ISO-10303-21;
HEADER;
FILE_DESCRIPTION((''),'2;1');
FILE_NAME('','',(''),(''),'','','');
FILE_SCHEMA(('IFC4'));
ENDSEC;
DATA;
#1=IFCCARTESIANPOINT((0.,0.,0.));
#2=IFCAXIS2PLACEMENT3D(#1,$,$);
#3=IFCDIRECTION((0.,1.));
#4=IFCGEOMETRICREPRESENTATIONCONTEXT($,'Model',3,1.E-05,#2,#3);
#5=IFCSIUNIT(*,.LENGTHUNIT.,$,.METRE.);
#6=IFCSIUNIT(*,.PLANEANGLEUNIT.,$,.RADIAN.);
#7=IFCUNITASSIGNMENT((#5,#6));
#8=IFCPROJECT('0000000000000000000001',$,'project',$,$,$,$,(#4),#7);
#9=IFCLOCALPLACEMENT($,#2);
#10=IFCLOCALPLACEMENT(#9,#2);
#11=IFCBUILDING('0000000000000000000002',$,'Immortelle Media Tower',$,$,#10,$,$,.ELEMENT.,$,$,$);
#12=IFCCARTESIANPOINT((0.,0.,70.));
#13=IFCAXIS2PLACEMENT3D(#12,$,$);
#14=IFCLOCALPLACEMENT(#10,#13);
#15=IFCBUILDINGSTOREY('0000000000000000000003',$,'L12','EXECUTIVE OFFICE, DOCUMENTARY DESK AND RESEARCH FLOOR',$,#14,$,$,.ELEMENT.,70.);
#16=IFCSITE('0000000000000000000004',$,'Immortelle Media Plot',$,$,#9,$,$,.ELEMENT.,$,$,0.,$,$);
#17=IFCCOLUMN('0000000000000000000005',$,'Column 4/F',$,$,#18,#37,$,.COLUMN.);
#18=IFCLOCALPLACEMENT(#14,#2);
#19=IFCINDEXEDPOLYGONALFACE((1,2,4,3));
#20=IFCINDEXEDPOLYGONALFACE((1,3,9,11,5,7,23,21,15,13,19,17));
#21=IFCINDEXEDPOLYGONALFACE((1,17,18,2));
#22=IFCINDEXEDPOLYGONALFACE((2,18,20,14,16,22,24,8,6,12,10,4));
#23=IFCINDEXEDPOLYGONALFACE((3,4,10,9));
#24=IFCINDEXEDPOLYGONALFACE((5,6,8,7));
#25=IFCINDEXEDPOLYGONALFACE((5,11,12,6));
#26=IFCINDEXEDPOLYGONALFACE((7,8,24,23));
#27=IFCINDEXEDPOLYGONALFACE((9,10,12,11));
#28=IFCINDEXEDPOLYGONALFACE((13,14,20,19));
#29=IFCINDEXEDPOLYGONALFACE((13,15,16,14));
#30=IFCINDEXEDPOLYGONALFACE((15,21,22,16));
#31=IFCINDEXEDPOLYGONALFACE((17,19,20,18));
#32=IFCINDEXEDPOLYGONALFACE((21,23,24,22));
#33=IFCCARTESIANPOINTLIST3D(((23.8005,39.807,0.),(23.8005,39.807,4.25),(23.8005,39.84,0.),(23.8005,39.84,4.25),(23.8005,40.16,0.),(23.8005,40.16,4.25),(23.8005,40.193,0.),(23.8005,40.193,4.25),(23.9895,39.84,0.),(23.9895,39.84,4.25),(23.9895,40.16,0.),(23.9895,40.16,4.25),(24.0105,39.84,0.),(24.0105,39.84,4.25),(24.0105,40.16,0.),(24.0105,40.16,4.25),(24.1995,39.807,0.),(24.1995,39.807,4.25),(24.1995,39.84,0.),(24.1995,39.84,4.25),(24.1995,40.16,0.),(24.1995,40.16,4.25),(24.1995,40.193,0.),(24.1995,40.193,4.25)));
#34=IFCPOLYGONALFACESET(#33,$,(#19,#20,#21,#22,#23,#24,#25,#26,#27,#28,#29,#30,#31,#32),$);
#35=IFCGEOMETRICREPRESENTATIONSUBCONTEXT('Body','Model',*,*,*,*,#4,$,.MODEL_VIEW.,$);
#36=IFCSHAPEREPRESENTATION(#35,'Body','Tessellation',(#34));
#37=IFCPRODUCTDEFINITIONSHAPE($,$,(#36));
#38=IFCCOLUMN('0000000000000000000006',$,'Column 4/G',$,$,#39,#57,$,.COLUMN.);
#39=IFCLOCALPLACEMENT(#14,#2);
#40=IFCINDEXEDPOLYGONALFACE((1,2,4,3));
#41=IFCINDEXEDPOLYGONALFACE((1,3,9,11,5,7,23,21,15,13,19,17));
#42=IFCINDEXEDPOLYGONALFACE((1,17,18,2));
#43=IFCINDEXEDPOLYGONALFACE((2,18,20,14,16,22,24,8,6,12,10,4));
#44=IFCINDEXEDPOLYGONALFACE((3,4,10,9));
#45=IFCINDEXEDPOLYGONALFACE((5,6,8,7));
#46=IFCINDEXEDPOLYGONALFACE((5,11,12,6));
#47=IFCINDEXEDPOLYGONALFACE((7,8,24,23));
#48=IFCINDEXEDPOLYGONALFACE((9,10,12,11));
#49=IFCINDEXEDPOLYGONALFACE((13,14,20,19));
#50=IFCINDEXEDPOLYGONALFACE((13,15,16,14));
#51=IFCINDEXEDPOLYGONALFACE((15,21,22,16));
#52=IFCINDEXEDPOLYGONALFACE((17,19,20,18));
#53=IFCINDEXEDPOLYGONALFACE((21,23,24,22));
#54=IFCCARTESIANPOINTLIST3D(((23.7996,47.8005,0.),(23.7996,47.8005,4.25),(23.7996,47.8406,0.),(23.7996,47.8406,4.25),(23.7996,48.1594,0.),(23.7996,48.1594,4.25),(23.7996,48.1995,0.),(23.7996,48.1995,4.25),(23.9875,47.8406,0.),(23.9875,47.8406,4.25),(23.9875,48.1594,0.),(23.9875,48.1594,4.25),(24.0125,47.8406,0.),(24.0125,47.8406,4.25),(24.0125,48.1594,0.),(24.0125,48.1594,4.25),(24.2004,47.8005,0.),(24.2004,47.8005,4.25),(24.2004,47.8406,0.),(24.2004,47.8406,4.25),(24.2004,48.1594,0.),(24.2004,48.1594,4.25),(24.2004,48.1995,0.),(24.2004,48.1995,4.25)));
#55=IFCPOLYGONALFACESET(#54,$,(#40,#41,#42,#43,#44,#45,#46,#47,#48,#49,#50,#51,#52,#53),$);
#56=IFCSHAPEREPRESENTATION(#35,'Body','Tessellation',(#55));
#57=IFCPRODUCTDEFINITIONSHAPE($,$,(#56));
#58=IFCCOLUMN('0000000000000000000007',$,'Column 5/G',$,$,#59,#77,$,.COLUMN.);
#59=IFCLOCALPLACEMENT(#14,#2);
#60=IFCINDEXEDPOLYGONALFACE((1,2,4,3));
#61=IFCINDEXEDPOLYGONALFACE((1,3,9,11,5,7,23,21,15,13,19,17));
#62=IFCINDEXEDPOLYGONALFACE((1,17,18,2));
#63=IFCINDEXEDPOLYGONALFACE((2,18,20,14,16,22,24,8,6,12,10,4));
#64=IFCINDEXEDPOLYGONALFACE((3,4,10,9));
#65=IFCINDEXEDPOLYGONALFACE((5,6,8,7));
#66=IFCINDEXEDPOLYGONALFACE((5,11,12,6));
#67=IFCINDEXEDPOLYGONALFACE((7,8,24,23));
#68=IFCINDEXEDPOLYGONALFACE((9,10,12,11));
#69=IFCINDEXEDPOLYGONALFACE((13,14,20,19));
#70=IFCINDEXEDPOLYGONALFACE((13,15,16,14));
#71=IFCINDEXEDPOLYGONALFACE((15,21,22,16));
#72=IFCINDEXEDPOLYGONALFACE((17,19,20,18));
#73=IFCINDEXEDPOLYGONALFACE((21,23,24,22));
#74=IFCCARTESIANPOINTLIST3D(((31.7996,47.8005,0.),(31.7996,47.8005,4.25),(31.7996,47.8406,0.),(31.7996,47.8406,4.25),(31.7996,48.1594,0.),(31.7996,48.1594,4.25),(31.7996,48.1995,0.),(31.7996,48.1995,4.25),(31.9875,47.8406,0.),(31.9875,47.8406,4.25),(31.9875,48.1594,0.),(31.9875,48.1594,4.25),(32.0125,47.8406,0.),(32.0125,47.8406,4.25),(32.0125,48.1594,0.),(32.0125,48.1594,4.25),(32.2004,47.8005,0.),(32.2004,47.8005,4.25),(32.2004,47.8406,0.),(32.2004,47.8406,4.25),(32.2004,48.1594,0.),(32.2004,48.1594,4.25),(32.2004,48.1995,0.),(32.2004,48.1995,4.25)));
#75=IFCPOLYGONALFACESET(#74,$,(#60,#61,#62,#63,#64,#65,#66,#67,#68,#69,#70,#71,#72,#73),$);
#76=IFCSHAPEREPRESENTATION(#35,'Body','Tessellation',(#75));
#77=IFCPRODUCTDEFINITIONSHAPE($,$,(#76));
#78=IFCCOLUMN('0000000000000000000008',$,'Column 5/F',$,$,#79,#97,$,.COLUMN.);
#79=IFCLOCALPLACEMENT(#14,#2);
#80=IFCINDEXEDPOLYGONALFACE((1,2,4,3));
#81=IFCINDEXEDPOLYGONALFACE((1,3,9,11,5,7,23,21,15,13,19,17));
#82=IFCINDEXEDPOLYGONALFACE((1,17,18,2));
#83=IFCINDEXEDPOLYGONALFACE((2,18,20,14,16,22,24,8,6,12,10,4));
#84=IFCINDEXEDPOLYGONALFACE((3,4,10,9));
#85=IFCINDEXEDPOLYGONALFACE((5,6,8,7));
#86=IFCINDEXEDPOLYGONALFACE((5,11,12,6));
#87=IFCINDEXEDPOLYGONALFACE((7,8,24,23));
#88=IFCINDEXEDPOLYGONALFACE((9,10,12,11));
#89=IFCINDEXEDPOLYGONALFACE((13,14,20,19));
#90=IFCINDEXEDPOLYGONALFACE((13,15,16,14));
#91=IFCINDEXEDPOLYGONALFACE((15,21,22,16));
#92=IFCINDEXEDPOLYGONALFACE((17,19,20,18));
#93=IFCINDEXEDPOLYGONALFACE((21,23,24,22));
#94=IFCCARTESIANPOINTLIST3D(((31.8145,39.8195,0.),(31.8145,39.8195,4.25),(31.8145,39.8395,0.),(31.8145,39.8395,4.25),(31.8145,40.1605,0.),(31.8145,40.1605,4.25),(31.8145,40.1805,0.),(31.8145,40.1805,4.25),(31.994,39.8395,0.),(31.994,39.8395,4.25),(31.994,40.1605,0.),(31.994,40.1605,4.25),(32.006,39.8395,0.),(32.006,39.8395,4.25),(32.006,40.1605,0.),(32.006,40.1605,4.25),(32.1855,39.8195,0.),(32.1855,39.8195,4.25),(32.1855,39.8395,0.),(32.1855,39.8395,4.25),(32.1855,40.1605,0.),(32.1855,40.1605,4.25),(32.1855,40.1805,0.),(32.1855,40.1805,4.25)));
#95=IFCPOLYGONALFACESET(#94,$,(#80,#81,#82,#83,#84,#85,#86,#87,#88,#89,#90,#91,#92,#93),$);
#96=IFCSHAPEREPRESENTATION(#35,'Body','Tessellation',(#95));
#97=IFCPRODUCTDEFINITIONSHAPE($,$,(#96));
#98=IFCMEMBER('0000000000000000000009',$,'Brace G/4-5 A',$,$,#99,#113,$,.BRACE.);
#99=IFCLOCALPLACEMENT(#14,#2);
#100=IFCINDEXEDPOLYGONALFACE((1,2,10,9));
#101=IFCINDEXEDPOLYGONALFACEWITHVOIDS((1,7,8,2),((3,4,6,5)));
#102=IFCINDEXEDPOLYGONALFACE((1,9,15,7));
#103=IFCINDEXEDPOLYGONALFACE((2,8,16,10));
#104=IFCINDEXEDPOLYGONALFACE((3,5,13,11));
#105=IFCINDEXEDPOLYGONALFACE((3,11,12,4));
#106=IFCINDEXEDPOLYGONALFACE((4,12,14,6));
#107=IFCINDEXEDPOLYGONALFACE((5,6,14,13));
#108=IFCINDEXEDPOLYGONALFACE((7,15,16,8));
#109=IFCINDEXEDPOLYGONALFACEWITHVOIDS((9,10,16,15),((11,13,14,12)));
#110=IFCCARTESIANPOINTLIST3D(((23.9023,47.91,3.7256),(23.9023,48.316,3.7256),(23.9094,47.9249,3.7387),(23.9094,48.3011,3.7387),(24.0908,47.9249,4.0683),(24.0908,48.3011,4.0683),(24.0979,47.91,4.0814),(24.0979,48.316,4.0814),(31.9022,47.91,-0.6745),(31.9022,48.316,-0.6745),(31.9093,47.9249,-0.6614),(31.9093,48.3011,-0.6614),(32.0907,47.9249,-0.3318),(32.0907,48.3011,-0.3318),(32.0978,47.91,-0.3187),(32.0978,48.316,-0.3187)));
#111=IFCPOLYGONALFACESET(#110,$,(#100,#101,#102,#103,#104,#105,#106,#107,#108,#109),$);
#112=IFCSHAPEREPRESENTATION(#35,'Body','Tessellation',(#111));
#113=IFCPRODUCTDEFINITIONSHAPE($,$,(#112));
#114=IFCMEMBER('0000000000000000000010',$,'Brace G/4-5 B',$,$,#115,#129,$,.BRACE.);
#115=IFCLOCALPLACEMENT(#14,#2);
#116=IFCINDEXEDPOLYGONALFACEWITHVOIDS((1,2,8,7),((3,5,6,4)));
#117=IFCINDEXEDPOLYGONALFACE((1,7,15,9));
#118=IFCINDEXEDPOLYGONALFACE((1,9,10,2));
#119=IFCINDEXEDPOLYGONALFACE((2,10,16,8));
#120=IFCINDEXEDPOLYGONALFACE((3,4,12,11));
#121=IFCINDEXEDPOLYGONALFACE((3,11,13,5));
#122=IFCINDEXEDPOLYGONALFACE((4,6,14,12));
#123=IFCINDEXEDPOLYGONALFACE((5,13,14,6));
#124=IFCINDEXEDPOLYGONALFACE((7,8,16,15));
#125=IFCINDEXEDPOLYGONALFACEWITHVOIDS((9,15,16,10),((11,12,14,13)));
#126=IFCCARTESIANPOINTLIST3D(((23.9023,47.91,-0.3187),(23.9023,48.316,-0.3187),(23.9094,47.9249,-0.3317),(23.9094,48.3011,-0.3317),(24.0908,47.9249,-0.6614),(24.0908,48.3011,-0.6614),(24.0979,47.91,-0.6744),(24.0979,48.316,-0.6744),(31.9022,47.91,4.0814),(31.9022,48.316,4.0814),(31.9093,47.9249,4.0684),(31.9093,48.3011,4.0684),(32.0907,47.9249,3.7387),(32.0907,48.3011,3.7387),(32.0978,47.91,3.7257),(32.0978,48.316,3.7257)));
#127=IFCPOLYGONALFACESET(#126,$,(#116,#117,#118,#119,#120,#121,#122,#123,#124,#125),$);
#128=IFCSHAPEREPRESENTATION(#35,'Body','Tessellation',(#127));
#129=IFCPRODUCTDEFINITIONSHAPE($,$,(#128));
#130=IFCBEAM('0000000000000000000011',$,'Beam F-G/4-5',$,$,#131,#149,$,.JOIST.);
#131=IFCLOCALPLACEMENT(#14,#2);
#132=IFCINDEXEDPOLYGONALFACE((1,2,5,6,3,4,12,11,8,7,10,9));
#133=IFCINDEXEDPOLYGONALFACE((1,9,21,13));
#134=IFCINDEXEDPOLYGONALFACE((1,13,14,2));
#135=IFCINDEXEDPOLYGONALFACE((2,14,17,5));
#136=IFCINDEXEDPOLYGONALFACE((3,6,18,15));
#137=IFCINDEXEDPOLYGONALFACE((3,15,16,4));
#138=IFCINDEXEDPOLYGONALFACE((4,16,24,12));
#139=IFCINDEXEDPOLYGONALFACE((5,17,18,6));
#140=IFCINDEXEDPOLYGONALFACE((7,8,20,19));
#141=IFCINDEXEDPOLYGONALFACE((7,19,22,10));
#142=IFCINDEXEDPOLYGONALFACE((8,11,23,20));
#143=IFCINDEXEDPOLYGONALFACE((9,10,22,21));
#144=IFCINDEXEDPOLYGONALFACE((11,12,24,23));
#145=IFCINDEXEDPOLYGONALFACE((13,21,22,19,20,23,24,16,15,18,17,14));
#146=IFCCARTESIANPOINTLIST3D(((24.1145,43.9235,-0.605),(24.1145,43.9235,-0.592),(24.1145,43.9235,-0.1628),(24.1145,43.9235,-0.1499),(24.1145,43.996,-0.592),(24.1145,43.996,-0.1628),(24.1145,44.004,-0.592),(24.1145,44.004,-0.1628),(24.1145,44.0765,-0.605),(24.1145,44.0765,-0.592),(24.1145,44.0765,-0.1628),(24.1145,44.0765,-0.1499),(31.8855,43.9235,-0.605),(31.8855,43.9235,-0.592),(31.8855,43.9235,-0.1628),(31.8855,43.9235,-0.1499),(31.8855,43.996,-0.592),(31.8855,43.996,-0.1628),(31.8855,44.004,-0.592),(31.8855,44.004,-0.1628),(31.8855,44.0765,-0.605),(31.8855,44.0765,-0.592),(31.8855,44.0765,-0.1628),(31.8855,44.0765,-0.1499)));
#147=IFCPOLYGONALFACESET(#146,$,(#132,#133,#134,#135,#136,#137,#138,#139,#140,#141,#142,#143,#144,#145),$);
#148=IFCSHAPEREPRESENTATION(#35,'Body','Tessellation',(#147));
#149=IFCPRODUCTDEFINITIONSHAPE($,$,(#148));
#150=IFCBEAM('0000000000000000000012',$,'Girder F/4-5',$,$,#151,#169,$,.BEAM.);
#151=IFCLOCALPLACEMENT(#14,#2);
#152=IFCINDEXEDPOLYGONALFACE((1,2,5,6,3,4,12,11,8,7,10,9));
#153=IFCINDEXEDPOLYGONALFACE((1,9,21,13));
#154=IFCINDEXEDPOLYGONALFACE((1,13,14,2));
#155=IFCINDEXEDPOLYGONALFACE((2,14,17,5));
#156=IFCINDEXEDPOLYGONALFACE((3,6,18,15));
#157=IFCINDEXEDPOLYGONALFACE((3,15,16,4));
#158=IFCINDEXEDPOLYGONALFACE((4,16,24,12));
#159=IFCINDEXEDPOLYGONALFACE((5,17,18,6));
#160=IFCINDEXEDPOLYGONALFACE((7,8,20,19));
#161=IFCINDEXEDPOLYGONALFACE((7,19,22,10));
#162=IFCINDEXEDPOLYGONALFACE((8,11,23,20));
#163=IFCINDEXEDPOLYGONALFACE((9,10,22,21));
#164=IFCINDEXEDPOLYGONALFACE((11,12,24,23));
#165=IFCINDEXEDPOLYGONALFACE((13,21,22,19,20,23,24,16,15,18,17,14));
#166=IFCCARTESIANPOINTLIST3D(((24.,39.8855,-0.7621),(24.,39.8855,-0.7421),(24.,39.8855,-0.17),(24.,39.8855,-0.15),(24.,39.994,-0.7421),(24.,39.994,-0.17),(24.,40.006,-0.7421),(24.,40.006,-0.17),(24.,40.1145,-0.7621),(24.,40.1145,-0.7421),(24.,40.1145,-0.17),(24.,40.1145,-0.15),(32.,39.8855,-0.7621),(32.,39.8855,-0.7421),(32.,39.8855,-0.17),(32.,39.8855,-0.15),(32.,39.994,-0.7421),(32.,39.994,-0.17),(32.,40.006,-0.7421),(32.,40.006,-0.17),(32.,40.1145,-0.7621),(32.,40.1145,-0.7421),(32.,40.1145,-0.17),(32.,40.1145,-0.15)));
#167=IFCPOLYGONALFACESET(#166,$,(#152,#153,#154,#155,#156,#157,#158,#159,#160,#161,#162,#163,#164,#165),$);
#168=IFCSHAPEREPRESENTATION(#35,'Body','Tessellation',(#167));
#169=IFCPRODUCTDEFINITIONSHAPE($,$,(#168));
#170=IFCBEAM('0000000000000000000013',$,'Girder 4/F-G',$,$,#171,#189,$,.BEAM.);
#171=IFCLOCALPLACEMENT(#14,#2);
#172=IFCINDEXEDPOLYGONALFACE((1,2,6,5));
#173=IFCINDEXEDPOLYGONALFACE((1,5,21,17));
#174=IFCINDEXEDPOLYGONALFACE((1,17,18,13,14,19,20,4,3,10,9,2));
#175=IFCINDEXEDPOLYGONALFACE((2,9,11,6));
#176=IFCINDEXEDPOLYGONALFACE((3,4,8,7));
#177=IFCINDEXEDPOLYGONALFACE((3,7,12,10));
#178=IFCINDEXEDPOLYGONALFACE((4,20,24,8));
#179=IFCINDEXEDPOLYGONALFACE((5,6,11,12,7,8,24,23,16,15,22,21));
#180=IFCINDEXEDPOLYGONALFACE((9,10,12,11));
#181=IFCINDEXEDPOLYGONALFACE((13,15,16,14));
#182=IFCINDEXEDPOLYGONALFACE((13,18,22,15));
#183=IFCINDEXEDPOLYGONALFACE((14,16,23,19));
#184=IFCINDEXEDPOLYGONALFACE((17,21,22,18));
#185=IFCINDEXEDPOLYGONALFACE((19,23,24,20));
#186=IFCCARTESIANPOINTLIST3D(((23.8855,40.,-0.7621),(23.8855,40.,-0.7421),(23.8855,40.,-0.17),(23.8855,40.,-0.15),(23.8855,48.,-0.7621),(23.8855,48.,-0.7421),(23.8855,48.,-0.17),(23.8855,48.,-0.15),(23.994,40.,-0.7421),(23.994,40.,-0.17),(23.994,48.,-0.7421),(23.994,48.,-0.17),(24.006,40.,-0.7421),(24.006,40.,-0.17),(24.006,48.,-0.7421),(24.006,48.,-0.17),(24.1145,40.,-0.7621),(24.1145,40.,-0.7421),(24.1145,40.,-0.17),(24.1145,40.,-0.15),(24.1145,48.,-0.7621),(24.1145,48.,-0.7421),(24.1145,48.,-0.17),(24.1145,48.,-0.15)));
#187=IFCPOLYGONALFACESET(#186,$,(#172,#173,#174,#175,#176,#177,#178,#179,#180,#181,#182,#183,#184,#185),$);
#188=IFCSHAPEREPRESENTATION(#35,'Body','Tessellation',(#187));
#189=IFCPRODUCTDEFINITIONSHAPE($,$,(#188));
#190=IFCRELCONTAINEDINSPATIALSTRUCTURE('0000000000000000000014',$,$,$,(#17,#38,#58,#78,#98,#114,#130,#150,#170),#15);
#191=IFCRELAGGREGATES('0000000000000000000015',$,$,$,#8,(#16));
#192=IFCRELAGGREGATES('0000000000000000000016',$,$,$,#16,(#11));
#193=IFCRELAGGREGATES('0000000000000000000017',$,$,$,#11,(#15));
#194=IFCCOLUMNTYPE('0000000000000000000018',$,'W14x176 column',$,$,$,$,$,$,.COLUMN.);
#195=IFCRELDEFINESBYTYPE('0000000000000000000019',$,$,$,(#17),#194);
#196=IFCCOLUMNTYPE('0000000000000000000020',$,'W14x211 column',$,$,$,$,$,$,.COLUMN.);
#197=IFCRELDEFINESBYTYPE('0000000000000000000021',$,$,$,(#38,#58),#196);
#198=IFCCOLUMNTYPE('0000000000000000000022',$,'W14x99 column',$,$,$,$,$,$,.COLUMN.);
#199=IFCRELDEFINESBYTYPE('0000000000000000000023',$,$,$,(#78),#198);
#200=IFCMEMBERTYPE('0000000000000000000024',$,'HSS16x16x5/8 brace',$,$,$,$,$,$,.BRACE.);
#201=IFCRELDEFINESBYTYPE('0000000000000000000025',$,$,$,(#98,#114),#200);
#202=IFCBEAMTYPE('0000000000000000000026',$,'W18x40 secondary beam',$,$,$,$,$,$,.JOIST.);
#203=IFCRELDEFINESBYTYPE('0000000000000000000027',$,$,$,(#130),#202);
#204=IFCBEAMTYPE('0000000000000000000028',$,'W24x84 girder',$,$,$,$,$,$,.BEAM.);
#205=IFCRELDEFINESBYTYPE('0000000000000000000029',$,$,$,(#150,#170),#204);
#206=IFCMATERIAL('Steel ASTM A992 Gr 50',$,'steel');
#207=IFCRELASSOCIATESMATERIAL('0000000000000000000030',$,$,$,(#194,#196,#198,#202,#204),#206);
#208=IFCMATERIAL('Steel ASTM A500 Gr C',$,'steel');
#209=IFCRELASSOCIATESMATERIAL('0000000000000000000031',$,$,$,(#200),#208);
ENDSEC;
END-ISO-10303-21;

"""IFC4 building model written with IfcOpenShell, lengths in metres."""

from ifc_helpers import new_model, si_unit, direction, frame, origin, origin_2d, place, context, subcontext, project, spatial, hollow_rectangle, i_section, extrude, material, material_profile, profile_set, type_object, element, save


model = new_model("IFC4")

# Units and contexts
model_context = context("Model", 3, precision=1e-05, world=origin(), true_north=direction((0.0, 1.0)))
body_context = subcontext(model_context, "Body", "Model", "MODEL_VIEW")
ifc_project = project(units=[si_unit("LENGTHUNIT", "METRE"), si_unit("PLANEANGLEUNIT", "RADIAN")], contexts=[model_context])

# Site, building, storey
site_placement = place(None, origin())
site = spatial("IfcSite", under=ifc_project, at=site_placement, Name="Immortelle Media Plot", CompositionType="ELEMENT", RefElevation=0.0)
building_placement = place(site_placement, origin())
building = spatial("IfcBuilding", under=site, at=building_placement, Name="Immortelle Media Tower", CompositionType="ELEMENT")
storey_placement = place(building_placement, frame((0.0, 0.0, 70.0)))
storey = spatial("IfcBuildingStorey", under=building, at=storey_placement, Name="L12", Description="EXECUTIVE OFFICE, DOCUMENTARY DESK AND RESEARCH FLOOR", CompositionType="ELEMENT", Elevation=70.0)

# Columns
ifc_material_1 = material(Name="Steel ASTM A992 Gr 50", Category="steel")
ifc_material_profile_1 = material_profile(ifc_material_1, i_section(OverallWidth=0.3989, OverallDepth=0.386, WebThickness=0.021, FlangeThickness=0.033, at=origin_2d()), Name="W14x176")
ifc_profile_set_1 = profile_set([ifc_material_profile_1], Name="Steel ASTM A992 Gr 50")
column_type_1 = type_object("IfcColumnType", Name="W14x176 column", PredefinedType="COLUMN", material=ifc_profile_set_1)
column_1_placement = place(storey_placement, frame((24.0, 40.0, 0.0), z_axis=(0.0, 0.0, 1.0), x_axis=(1.0, 0.0, 0.0)))
element("IfcColumn", 1, at=column_1_placement, inside=storey, type_object=column_type_1, Name="Column 4/F", PredefinedType="COLUMN", context=body_context, shape_type="SweptSolid", body=[
    extrude(i_section(OverallWidth=0.3989, OverallDepth=0.386, WebThickness=0.021, FlangeThickness=0.033, at=origin_2d()), origin(), (0.0, 0.0, 1.0), 4.25),
])
ifc_material_profile_2 = material_profile(ifc_material_1, i_section(OverallWidth=0.4009, OverallDepth=0.3989, WebThickness=0.0249, FlangeThickness=0.04, at=origin_2d()), Name="W14x211")
ifc_profile_set_2 = profile_set([ifc_material_profile_2], Name="Steel ASTM A992 Gr 50")
column_type_2 = type_object("IfcColumnType", Name="W14x211 column", PredefinedType="COLUMN", material=ifc_profile_set_2)
for number, where, z_axis, x_axis, name in (
    (2, (24.0, 48.0, 0.0), (0.0, 0.0, 1.0), (1.0, 0.0, 0.0), "Column 4/G"),
    (3, (32.0, 48.0, 0.0), (0.0, 0.0, 1.0), (1.0, 0.0, 0.0), "Column 5/G"),
):
    element("IfcColumn", number, at=place(storey_placement, frame(where, z_axis=z_axis, x_axis=x_axis)), inside=storey, type_object=column_type_2, Name=name, PredefinedType="COLUMN", context=body_context, shape_type="SweptSolid", body=[
        extrude(i_section(OverallWidth=0.4009, OverallDepth=0.3989, WebThickness=0.0249, FlangeThickness=0.04, at=origin_2d()), origin(), (0.0, 0.0, 1.0), 4.25),
    ])
ifc_material_profile_3 = material_profile(ifc_material_1, i_section(OverallWidth=0.3711, OverallDepth=0.3611, WebThickness=0.012, FlangeThickness=0.02, at=origin_2d()), Name="W14x99")
ifc_profile_set_3 = profile_set([ifc_material_profile_3], Name="Steel ASTM A992 Gr 50")
column_type_3 = type_object("IfcColumnType", Name="W14x99 column", PredefinedType="COLUMN", material=ifc_profile_set_3)
column_2_placement = place(storey_placement, frame((32.0, 40.0, 0.0), z_axis=(0.0, 0.0, 1.0), x_axis=(1.0, 0.0, 0.0)))
element("IfcColumn", 4, at=column_2_placement, inside=storey, type_object=column_type_3, Name="Column 5/F", PredefinedType="COLUMN", context=body_context, shape_type="SweptSolid", body=[
    extrude(i_section(OverallWidth=0.3711, OverallDepth=0.3611, WebThickness=0.012, FlangeThickness=0.02, at=origin_2d()), origin(), (0.0, 0.0, 1.0), 4.25),
])

# Members
ifc_material_2 = material(Name="Steel ASTM A500 Gr C", Category="steel")
ifc_material_profile_4 = material_profile(ifc_material_2, hollow_rectangle(XDim=0.406, YDim=0.406, WallThickness=0.0149, at=origin_2d()), Name="HSS16x16x5/8 brace")
ifc_profile_set_4 = profile_set([ifc_material_profile_4], Name="Steel ASTM A500 Gr C")
member_type = type_object("IfcMemberType", Name="HSS16x16x5/8 brace", PredefinedType="BRACE", material=ifc_profile_set_4)
for number, where, z_axis, x_axis, name in (
    (5, (32.0, 48.113, -0.4966), (-0.876209, 0.0, 0.481931), (0.0, -1.0, 0.0), "Brace G/4-5 A"),
    (6, (32.0, 48.113, 3.9036), (-0.876209, 0.0, -0.481931), (0.0, -1.0, 0.0), "Brace G/4-5 B"),
):
    element("IfcMember", number, at=place(storey_placement, frame(where, z_axis=z_axis, x_axis=x_axis)), inside=storey, type_object=member_type, Name=name, PredefinedType="BRACE", context=body_context, shape_type="SweptSolid", body=[
        extrude(hollow_rectangle(XDim=0.406, YDim=0.406, WallThickness=0.0149, at=origin_2d()), origin(), (0.0, 0.0, 1.0), 9.1301),
    ])

# Beams
ifc_material_profile_5 = material_profile(ifc_material_1, i_section(OverallWidth=0.1531, OverallDepth=0.4551, WebThickness=0.0081, FlangeThickness=0.0129, at=origin_2d()), Name="W18x40")
ifc_profile_set_5 = profile_set([ifc_material_profile_5], Name="Steel ASTM A992 Gr 50")
beam_type_1 = type_object("IfcBeamType", Name="W18x40 secondary beam", PredefinedType="JOIST", material=ifc_profile_set_5)
beam_placement = place(storey_placement, frame((24.1145, 44.0, -0.3774), z_axis=(1.0, 0.0, 0.0), x_axis=(0.0, 1.0, 0.0)))
element("IfcBeam", 7, at=beam_placement, inside=storey, type_object=beam_type_1, Name="Beam F-G/4-5", PredefinedType="JOIST", context=body_context, shape_type="SweptSolid", body=[
    extrude(i_section(OverallWidth=0.1531, OverallDepth=0.4551, WebThickness=0.0081, FlangeThickness=0.0129, at=origin_2d()), origin(), (0.0, 0.0, 1.0), 7.771),
])
ifc_material_profile_6 = material_profile(ifc_material_1, i_section(OverallWidth=0.229, OverallDepth=0.6121, WebThickness=0.012, FlangeThickness=0.02, at=origin_2d()), Name="W24x84")
ifc_profile_set_6 = profile_set([ifc_material_profile_6], Name="Steel ASTM A992 Gr 50")
beam_type_2 = type_object("IfcBeamType", Name="W24x84 girder", PredefinedType="BEAM", material=ifc_profile_set_6)
for number, where, z_axis, x_axis, name in (
    (8, (24.0, 40.0, -0.4561), (1.0, 0.0, 0.0), (0.0, 1.0, 0.0), "Girder F/4-5"),
    (9, (24.0, 40.0, -0.4561), (0.0, 1.0, 0.0), (-1.0, 0.0, 0.0), "Girder 4/F-G"),
):
    element("IfcBeam", number, at=place(storey_placement, frame(where, z_axis=z_axis, x_axis=x_axis)), inside=storey, type_object=beam_type_2, Name=name, PredefinedType="BEAM", context=body_context, shape_type="SweptSolid", body=[
        extrude(i_section(OverallWidth=0.229, OverallDepth=0.6121, WebThickness=0.012, FlangeThickness=0.02, at=origin_2d()), origin(), (0.0, 0.0, 1.0), 8.0),
    ])

save(model, "model.ifc")
